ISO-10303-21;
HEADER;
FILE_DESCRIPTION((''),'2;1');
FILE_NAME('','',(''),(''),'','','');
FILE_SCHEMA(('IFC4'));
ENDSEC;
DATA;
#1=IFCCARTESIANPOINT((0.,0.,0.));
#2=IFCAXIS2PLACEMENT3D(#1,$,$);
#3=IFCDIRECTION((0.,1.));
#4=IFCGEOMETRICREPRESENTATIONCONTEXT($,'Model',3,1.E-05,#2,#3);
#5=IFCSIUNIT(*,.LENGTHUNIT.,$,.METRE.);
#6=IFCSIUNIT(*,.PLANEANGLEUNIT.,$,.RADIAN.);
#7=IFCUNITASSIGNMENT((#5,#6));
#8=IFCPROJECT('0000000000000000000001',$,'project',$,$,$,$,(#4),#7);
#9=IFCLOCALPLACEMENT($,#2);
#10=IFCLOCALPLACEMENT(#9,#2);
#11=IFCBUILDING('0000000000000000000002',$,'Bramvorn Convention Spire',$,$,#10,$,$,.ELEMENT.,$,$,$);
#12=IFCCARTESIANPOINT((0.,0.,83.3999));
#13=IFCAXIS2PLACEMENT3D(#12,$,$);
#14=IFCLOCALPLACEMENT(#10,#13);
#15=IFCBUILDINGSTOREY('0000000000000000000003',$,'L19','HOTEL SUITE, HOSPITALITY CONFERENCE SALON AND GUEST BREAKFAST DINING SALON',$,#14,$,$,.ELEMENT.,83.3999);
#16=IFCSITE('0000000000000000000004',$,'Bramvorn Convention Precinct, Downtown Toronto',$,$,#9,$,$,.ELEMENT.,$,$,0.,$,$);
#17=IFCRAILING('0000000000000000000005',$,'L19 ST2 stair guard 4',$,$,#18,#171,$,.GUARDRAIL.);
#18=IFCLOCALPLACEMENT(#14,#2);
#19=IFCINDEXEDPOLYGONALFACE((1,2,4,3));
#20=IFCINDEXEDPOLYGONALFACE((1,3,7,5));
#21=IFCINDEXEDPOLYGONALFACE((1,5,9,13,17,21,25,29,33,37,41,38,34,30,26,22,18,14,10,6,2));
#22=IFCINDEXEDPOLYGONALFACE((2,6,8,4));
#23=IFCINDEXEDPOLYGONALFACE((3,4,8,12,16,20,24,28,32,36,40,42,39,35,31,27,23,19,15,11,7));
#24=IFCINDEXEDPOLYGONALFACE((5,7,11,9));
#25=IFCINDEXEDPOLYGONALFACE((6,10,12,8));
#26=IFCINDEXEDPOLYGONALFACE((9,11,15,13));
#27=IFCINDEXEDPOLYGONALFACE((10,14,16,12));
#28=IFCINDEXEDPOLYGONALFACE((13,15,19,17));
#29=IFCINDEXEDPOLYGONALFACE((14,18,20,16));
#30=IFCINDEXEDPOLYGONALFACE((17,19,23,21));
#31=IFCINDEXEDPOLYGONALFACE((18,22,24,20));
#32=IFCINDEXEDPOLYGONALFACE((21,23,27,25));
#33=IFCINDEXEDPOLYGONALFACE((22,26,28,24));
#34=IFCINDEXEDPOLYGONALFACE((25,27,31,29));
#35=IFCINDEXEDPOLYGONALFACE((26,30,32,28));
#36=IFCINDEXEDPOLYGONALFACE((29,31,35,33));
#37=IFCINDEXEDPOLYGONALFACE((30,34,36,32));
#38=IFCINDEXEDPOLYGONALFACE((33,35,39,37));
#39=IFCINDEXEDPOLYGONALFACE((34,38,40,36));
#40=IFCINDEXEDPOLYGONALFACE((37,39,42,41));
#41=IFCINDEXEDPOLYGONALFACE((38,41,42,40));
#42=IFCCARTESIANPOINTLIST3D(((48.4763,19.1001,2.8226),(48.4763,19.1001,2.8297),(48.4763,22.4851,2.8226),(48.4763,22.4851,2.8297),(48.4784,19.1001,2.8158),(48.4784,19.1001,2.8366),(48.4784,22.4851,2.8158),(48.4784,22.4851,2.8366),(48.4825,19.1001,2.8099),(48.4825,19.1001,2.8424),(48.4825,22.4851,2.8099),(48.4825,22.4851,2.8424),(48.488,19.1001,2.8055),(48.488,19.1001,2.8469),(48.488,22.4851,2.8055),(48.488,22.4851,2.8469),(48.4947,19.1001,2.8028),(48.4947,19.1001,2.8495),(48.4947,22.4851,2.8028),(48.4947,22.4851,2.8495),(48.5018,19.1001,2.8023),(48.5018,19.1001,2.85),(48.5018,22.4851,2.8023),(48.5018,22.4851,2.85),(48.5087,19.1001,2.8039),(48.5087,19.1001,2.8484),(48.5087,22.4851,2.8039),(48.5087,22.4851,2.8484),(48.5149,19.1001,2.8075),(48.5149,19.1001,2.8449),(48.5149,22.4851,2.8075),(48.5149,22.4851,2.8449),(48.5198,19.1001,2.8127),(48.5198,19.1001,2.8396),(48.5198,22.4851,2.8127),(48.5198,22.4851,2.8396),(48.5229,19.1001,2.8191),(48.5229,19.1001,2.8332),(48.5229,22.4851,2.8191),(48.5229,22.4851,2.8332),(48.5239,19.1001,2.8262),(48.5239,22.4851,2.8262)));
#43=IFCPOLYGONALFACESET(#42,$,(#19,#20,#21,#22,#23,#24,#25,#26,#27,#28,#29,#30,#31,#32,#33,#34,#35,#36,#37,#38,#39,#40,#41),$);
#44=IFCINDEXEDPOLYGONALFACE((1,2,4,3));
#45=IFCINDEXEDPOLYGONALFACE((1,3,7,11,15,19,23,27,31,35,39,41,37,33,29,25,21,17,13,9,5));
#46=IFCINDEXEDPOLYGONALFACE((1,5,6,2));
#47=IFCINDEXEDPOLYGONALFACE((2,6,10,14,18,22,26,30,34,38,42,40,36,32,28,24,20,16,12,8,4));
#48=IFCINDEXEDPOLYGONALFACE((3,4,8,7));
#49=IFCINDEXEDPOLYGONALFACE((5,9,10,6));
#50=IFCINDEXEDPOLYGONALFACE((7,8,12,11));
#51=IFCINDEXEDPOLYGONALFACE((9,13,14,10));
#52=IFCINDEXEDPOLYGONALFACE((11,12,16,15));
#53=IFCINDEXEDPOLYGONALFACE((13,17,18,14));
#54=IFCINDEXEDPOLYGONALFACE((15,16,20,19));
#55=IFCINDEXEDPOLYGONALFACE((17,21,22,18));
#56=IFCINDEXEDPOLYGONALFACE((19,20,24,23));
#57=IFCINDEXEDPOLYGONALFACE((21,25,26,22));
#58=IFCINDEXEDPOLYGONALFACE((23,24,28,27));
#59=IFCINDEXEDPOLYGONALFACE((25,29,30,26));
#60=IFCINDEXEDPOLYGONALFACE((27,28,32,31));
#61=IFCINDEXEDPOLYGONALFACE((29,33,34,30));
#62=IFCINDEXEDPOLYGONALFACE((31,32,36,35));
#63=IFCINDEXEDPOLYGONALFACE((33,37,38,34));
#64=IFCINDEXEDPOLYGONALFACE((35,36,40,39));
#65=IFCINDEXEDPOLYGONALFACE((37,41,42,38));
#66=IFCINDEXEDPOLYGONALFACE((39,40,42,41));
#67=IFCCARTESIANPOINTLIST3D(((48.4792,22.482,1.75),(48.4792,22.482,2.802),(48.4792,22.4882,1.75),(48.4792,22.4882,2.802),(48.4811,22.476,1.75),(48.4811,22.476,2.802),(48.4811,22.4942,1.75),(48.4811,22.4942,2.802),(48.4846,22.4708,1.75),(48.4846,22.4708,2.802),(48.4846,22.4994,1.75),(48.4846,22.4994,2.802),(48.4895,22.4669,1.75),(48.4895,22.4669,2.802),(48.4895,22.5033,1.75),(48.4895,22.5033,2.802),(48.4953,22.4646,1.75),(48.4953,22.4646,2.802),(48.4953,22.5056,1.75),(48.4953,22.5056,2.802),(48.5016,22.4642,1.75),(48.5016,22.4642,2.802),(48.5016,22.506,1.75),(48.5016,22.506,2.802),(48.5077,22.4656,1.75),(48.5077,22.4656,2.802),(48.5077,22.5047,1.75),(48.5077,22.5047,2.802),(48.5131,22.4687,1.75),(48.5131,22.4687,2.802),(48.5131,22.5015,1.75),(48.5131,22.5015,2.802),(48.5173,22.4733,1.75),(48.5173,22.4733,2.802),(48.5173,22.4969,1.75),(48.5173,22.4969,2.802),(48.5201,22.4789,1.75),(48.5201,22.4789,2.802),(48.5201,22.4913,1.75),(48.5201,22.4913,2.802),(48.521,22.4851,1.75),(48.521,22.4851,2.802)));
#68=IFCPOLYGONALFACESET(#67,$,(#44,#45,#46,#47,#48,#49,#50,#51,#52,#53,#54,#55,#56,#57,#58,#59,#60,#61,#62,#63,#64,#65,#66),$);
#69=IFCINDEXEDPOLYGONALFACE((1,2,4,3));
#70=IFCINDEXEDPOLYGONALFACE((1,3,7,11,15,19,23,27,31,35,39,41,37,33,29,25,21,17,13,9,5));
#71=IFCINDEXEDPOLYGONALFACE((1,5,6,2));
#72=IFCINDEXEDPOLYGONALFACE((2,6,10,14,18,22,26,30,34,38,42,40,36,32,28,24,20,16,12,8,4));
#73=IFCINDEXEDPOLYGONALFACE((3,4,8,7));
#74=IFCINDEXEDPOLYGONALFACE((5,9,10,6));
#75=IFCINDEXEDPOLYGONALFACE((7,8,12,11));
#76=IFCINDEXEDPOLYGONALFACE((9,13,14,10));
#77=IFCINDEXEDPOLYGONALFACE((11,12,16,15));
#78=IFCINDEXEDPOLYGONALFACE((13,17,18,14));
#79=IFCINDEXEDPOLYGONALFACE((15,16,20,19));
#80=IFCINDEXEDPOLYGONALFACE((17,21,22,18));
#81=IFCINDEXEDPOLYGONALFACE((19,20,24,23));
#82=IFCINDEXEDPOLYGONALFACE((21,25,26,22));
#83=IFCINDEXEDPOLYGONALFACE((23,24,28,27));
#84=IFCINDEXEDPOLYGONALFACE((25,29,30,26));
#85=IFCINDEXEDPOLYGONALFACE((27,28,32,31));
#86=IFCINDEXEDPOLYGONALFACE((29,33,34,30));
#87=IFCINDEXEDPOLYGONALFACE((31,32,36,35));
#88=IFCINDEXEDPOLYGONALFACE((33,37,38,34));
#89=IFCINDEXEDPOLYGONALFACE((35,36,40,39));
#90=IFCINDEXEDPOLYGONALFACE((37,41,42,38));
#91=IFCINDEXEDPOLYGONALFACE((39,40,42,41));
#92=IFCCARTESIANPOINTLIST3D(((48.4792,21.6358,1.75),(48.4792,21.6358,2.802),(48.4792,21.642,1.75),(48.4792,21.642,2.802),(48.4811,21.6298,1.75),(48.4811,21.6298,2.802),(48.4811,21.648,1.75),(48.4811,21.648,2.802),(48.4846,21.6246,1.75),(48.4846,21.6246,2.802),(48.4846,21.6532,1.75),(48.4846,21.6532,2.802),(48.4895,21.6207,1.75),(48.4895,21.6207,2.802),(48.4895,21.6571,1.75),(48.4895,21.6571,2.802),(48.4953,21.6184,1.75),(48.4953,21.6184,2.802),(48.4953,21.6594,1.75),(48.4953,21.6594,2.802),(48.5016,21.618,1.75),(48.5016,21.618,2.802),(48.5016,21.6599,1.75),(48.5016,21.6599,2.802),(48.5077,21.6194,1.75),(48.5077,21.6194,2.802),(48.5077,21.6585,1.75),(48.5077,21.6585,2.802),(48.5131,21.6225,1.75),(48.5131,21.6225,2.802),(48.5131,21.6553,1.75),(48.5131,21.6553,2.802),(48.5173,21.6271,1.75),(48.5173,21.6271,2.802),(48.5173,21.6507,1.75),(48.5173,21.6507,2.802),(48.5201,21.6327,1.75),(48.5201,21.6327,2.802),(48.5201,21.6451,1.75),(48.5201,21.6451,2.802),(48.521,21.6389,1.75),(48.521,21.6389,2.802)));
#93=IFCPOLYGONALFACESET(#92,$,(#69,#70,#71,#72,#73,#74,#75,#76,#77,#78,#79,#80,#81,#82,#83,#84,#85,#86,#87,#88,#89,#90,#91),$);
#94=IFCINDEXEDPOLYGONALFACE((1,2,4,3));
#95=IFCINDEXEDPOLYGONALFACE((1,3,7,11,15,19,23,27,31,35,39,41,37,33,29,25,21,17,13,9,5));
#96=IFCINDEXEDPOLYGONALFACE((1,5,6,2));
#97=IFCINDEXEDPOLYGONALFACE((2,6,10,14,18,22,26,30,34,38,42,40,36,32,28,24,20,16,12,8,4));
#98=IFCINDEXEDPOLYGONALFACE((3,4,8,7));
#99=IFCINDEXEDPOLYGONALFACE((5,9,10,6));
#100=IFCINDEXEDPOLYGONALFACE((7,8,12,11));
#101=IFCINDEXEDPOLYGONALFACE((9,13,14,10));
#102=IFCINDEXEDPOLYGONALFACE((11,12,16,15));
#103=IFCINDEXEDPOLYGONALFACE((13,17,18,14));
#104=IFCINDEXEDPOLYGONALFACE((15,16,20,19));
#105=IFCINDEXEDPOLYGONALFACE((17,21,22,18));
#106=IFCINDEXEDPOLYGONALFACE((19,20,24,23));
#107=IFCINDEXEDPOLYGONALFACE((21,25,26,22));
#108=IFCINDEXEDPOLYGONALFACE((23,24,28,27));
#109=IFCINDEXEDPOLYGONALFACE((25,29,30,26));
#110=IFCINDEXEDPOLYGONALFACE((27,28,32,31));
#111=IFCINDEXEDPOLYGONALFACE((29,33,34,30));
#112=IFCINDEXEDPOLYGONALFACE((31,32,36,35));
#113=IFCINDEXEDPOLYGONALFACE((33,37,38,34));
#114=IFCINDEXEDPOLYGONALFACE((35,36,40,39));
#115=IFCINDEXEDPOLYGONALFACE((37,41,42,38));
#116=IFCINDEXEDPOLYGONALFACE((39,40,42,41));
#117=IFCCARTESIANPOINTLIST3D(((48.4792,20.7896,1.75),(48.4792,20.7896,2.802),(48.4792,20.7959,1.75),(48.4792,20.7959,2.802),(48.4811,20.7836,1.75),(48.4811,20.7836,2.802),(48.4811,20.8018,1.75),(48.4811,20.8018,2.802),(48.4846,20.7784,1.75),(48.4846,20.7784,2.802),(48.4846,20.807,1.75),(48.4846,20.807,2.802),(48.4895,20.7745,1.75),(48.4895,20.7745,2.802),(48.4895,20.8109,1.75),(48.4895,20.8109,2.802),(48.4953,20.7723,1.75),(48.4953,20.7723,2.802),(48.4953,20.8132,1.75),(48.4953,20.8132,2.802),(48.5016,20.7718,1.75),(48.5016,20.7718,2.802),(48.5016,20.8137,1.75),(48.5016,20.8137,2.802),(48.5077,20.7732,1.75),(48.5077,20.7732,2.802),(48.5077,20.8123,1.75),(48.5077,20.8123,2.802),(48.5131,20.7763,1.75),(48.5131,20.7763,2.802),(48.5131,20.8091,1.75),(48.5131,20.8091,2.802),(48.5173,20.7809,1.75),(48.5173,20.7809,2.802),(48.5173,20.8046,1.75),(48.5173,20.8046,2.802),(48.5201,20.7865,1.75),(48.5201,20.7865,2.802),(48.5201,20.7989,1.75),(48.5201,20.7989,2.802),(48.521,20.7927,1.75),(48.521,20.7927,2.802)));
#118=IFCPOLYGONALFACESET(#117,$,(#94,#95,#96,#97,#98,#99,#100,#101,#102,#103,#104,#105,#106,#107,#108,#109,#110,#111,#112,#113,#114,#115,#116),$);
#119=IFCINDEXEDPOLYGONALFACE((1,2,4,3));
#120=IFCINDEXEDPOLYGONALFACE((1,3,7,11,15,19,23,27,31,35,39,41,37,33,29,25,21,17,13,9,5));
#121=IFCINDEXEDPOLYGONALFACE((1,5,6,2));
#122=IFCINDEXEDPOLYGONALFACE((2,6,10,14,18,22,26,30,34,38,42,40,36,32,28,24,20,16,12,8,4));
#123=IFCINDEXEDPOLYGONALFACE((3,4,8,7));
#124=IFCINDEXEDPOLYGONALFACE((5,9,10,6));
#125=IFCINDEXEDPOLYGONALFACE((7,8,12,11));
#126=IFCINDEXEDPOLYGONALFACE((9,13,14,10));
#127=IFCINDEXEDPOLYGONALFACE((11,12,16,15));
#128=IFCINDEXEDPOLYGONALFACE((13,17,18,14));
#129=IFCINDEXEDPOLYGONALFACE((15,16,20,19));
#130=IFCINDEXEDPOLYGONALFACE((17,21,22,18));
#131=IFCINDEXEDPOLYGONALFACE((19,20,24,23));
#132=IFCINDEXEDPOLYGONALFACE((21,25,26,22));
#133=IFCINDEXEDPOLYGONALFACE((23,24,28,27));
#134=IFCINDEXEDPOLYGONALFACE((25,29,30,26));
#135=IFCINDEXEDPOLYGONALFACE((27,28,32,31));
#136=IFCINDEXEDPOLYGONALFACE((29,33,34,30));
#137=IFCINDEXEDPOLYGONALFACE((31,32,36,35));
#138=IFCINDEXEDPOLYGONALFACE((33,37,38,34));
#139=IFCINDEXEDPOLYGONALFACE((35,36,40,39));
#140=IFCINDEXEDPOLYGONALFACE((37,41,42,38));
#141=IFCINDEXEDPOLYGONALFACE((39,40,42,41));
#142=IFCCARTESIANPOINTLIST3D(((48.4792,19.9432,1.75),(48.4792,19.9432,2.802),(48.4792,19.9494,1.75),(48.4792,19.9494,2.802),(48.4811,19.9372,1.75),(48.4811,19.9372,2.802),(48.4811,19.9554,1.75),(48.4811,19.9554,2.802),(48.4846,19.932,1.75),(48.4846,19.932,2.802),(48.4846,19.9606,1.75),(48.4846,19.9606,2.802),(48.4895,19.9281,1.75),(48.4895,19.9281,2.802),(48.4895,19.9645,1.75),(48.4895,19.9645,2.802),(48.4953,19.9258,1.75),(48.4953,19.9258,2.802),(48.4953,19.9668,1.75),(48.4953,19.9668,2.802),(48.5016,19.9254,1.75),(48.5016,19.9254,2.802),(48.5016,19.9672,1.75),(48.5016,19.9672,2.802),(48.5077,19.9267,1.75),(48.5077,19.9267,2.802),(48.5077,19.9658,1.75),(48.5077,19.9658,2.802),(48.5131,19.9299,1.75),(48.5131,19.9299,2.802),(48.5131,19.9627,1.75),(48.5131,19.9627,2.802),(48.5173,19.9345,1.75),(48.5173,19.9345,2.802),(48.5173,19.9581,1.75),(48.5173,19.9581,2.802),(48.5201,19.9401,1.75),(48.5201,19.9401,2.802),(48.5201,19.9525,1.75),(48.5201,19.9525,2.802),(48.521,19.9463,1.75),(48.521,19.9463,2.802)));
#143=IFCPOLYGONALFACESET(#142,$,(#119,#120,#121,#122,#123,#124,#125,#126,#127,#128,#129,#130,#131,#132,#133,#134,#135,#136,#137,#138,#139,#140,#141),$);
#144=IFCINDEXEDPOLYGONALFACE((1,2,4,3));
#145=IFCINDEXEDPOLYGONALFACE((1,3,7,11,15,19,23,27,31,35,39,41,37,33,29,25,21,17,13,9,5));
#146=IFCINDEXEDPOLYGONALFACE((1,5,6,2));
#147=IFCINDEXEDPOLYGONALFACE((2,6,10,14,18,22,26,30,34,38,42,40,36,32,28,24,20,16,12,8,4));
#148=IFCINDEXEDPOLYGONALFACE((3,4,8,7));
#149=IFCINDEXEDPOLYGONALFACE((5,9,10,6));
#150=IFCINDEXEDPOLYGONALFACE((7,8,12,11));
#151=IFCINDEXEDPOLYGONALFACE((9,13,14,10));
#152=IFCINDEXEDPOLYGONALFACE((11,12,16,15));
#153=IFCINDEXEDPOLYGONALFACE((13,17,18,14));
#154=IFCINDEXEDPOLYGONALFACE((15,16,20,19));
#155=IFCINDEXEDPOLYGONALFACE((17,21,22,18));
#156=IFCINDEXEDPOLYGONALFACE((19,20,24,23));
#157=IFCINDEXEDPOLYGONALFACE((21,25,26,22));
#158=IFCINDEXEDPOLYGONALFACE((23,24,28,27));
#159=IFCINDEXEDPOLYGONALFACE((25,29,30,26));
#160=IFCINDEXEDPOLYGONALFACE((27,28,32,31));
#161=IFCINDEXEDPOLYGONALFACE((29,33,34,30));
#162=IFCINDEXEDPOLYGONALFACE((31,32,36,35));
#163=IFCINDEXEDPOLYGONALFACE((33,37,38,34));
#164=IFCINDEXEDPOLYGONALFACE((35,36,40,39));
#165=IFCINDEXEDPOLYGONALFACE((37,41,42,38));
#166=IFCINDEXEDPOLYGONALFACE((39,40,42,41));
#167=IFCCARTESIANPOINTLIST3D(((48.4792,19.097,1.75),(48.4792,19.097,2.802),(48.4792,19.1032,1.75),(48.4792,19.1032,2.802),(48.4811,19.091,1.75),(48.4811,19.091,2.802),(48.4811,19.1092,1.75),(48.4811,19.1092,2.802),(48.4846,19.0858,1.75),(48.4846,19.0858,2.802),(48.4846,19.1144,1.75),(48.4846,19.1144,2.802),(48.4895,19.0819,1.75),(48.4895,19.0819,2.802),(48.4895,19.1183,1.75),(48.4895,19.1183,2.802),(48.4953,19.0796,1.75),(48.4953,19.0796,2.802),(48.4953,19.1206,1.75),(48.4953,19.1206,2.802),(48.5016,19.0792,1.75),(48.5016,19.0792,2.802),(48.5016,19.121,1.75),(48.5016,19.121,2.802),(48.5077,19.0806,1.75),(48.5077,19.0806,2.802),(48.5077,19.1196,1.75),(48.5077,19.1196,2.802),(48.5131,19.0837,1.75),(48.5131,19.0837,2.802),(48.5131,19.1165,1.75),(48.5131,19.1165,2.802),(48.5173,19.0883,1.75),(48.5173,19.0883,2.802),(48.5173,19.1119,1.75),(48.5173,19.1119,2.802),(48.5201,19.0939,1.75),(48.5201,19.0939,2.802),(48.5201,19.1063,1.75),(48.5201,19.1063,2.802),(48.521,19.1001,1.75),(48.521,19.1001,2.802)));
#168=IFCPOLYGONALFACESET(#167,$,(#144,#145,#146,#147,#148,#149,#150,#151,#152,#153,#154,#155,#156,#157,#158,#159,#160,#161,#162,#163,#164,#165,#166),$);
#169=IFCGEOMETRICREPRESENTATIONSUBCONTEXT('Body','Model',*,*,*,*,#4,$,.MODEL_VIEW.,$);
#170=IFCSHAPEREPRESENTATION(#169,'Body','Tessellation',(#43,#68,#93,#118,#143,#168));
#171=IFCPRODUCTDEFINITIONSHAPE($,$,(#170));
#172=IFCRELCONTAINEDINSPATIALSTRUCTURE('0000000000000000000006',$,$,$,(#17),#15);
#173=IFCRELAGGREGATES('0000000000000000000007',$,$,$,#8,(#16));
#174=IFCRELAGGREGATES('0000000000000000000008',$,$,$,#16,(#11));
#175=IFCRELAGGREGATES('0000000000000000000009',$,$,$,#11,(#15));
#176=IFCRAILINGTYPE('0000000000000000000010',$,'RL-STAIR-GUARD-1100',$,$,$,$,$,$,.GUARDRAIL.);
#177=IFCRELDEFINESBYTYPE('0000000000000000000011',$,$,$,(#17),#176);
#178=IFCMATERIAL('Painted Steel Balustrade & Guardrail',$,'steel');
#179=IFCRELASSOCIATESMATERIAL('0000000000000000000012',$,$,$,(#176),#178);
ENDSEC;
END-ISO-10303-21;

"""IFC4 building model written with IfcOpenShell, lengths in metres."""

from ifc_helpers import new_model, si_unit, direction, frame, origin, origin_2d, place, context, subcontext, project, spatial, circle, extrude, material, type_object, element, save


model = new_model("IFC4")

# Units and contexts
model_context = context("Model", 3, precision=1e-05, world=origin(), true_north=direction((0.0, 1.0)))
body_context = subcontext(model_context, "Body", "Model", "MODEL_VIEW")
ifc_project = project(units=[si_unit("LENGTHUNIT", "METRE"), si_unit("PLANEANGLEUNIT", "RADIAN")], contexts=[model_context])

# Site, building, storey
site_placement = place(None, origin())
site = spatial("IfcSite", under=ifc_project, at=site_placement, Name="Bramvorn Convention Precinct, Downtown Toronto", CompositionType="ELEMENT", RefElevation=0.0)
building_placement = place(site_placement, origin())
building = spatial("IfcBuilding", under=site, at=building_placement, Name="Bramvorn Convention Spire", CompositionType="ELEMENT")
storey_placement = place(building_placement, frame((0.0, 0.0, 83.3999)))
storey = spatial("IfcBuildingStorey", under=building, at=storey_placement, Name="L19", Description="HOTEL SUITE, HOSPITALITY CONFERENCE SALON AND GUEST BREAKFAST DINING SALON", CompositionType="ELEMENT", Elevation=83.3999)

# Railing
ifc_material_1 = material(Name="Painted Steel Balustrade & Guardrail", Category="steel")
railing_type_1 = type_object("IfcRailingType", Name="RL-STAIR-GUARD-1100", PredefinedType="GUARDRAIL", material=ifc_material_1)
railing_1_placement = place(storey_placement, frame((48.5, 22.4851, 1.75)))
element("IfcRailing", 1, at=railing_1_placement, inside=storey, type_object=railing_type_1, Name="L19 ST2 stair guard 4", PredefinedType="GUARDRAIL", context=body_context, shape_type="SweptSolid", body=[
    extrude(circle(Radius=0.0239, at=origin_2d()), frame((0.0, 0.0, 1.0762), z_axis=(0.0, -1.0, 0.0), x_axis=(1.0, 0.0, 0.0)), (0.0, 0.0, 1.0), 3.385),
    extrude(circle(Radius=0.021, at=origin_2d()), origin(), (0.0, 0.0, 1.0), 1.052),
    extrude(circle(Radius=0.021, at=origin_2d()), frame((0.0, -0.8462, 0.0)), (0.0, 0.0, 1.0), 1.052),
    extrude(circle(Radius=0.021, at=origin_2d()), frame((0.0, -1.6924, 0.0)), (0.0, 0.0, 1.0), 1.052),
    extrude(circle(Radius=0.021, at=origin_2d()), frame((0.0, -2.5388, 0.0)), (0.0, 0.0, 1.0), 1.052),
    extrude(circle(Radius=0.021, at=origin_2d()), frame((0.0, -3.385, 0.0)), (0.0, 0.0, 1.0), 1.052),
])

save(model, "model.ifc")
